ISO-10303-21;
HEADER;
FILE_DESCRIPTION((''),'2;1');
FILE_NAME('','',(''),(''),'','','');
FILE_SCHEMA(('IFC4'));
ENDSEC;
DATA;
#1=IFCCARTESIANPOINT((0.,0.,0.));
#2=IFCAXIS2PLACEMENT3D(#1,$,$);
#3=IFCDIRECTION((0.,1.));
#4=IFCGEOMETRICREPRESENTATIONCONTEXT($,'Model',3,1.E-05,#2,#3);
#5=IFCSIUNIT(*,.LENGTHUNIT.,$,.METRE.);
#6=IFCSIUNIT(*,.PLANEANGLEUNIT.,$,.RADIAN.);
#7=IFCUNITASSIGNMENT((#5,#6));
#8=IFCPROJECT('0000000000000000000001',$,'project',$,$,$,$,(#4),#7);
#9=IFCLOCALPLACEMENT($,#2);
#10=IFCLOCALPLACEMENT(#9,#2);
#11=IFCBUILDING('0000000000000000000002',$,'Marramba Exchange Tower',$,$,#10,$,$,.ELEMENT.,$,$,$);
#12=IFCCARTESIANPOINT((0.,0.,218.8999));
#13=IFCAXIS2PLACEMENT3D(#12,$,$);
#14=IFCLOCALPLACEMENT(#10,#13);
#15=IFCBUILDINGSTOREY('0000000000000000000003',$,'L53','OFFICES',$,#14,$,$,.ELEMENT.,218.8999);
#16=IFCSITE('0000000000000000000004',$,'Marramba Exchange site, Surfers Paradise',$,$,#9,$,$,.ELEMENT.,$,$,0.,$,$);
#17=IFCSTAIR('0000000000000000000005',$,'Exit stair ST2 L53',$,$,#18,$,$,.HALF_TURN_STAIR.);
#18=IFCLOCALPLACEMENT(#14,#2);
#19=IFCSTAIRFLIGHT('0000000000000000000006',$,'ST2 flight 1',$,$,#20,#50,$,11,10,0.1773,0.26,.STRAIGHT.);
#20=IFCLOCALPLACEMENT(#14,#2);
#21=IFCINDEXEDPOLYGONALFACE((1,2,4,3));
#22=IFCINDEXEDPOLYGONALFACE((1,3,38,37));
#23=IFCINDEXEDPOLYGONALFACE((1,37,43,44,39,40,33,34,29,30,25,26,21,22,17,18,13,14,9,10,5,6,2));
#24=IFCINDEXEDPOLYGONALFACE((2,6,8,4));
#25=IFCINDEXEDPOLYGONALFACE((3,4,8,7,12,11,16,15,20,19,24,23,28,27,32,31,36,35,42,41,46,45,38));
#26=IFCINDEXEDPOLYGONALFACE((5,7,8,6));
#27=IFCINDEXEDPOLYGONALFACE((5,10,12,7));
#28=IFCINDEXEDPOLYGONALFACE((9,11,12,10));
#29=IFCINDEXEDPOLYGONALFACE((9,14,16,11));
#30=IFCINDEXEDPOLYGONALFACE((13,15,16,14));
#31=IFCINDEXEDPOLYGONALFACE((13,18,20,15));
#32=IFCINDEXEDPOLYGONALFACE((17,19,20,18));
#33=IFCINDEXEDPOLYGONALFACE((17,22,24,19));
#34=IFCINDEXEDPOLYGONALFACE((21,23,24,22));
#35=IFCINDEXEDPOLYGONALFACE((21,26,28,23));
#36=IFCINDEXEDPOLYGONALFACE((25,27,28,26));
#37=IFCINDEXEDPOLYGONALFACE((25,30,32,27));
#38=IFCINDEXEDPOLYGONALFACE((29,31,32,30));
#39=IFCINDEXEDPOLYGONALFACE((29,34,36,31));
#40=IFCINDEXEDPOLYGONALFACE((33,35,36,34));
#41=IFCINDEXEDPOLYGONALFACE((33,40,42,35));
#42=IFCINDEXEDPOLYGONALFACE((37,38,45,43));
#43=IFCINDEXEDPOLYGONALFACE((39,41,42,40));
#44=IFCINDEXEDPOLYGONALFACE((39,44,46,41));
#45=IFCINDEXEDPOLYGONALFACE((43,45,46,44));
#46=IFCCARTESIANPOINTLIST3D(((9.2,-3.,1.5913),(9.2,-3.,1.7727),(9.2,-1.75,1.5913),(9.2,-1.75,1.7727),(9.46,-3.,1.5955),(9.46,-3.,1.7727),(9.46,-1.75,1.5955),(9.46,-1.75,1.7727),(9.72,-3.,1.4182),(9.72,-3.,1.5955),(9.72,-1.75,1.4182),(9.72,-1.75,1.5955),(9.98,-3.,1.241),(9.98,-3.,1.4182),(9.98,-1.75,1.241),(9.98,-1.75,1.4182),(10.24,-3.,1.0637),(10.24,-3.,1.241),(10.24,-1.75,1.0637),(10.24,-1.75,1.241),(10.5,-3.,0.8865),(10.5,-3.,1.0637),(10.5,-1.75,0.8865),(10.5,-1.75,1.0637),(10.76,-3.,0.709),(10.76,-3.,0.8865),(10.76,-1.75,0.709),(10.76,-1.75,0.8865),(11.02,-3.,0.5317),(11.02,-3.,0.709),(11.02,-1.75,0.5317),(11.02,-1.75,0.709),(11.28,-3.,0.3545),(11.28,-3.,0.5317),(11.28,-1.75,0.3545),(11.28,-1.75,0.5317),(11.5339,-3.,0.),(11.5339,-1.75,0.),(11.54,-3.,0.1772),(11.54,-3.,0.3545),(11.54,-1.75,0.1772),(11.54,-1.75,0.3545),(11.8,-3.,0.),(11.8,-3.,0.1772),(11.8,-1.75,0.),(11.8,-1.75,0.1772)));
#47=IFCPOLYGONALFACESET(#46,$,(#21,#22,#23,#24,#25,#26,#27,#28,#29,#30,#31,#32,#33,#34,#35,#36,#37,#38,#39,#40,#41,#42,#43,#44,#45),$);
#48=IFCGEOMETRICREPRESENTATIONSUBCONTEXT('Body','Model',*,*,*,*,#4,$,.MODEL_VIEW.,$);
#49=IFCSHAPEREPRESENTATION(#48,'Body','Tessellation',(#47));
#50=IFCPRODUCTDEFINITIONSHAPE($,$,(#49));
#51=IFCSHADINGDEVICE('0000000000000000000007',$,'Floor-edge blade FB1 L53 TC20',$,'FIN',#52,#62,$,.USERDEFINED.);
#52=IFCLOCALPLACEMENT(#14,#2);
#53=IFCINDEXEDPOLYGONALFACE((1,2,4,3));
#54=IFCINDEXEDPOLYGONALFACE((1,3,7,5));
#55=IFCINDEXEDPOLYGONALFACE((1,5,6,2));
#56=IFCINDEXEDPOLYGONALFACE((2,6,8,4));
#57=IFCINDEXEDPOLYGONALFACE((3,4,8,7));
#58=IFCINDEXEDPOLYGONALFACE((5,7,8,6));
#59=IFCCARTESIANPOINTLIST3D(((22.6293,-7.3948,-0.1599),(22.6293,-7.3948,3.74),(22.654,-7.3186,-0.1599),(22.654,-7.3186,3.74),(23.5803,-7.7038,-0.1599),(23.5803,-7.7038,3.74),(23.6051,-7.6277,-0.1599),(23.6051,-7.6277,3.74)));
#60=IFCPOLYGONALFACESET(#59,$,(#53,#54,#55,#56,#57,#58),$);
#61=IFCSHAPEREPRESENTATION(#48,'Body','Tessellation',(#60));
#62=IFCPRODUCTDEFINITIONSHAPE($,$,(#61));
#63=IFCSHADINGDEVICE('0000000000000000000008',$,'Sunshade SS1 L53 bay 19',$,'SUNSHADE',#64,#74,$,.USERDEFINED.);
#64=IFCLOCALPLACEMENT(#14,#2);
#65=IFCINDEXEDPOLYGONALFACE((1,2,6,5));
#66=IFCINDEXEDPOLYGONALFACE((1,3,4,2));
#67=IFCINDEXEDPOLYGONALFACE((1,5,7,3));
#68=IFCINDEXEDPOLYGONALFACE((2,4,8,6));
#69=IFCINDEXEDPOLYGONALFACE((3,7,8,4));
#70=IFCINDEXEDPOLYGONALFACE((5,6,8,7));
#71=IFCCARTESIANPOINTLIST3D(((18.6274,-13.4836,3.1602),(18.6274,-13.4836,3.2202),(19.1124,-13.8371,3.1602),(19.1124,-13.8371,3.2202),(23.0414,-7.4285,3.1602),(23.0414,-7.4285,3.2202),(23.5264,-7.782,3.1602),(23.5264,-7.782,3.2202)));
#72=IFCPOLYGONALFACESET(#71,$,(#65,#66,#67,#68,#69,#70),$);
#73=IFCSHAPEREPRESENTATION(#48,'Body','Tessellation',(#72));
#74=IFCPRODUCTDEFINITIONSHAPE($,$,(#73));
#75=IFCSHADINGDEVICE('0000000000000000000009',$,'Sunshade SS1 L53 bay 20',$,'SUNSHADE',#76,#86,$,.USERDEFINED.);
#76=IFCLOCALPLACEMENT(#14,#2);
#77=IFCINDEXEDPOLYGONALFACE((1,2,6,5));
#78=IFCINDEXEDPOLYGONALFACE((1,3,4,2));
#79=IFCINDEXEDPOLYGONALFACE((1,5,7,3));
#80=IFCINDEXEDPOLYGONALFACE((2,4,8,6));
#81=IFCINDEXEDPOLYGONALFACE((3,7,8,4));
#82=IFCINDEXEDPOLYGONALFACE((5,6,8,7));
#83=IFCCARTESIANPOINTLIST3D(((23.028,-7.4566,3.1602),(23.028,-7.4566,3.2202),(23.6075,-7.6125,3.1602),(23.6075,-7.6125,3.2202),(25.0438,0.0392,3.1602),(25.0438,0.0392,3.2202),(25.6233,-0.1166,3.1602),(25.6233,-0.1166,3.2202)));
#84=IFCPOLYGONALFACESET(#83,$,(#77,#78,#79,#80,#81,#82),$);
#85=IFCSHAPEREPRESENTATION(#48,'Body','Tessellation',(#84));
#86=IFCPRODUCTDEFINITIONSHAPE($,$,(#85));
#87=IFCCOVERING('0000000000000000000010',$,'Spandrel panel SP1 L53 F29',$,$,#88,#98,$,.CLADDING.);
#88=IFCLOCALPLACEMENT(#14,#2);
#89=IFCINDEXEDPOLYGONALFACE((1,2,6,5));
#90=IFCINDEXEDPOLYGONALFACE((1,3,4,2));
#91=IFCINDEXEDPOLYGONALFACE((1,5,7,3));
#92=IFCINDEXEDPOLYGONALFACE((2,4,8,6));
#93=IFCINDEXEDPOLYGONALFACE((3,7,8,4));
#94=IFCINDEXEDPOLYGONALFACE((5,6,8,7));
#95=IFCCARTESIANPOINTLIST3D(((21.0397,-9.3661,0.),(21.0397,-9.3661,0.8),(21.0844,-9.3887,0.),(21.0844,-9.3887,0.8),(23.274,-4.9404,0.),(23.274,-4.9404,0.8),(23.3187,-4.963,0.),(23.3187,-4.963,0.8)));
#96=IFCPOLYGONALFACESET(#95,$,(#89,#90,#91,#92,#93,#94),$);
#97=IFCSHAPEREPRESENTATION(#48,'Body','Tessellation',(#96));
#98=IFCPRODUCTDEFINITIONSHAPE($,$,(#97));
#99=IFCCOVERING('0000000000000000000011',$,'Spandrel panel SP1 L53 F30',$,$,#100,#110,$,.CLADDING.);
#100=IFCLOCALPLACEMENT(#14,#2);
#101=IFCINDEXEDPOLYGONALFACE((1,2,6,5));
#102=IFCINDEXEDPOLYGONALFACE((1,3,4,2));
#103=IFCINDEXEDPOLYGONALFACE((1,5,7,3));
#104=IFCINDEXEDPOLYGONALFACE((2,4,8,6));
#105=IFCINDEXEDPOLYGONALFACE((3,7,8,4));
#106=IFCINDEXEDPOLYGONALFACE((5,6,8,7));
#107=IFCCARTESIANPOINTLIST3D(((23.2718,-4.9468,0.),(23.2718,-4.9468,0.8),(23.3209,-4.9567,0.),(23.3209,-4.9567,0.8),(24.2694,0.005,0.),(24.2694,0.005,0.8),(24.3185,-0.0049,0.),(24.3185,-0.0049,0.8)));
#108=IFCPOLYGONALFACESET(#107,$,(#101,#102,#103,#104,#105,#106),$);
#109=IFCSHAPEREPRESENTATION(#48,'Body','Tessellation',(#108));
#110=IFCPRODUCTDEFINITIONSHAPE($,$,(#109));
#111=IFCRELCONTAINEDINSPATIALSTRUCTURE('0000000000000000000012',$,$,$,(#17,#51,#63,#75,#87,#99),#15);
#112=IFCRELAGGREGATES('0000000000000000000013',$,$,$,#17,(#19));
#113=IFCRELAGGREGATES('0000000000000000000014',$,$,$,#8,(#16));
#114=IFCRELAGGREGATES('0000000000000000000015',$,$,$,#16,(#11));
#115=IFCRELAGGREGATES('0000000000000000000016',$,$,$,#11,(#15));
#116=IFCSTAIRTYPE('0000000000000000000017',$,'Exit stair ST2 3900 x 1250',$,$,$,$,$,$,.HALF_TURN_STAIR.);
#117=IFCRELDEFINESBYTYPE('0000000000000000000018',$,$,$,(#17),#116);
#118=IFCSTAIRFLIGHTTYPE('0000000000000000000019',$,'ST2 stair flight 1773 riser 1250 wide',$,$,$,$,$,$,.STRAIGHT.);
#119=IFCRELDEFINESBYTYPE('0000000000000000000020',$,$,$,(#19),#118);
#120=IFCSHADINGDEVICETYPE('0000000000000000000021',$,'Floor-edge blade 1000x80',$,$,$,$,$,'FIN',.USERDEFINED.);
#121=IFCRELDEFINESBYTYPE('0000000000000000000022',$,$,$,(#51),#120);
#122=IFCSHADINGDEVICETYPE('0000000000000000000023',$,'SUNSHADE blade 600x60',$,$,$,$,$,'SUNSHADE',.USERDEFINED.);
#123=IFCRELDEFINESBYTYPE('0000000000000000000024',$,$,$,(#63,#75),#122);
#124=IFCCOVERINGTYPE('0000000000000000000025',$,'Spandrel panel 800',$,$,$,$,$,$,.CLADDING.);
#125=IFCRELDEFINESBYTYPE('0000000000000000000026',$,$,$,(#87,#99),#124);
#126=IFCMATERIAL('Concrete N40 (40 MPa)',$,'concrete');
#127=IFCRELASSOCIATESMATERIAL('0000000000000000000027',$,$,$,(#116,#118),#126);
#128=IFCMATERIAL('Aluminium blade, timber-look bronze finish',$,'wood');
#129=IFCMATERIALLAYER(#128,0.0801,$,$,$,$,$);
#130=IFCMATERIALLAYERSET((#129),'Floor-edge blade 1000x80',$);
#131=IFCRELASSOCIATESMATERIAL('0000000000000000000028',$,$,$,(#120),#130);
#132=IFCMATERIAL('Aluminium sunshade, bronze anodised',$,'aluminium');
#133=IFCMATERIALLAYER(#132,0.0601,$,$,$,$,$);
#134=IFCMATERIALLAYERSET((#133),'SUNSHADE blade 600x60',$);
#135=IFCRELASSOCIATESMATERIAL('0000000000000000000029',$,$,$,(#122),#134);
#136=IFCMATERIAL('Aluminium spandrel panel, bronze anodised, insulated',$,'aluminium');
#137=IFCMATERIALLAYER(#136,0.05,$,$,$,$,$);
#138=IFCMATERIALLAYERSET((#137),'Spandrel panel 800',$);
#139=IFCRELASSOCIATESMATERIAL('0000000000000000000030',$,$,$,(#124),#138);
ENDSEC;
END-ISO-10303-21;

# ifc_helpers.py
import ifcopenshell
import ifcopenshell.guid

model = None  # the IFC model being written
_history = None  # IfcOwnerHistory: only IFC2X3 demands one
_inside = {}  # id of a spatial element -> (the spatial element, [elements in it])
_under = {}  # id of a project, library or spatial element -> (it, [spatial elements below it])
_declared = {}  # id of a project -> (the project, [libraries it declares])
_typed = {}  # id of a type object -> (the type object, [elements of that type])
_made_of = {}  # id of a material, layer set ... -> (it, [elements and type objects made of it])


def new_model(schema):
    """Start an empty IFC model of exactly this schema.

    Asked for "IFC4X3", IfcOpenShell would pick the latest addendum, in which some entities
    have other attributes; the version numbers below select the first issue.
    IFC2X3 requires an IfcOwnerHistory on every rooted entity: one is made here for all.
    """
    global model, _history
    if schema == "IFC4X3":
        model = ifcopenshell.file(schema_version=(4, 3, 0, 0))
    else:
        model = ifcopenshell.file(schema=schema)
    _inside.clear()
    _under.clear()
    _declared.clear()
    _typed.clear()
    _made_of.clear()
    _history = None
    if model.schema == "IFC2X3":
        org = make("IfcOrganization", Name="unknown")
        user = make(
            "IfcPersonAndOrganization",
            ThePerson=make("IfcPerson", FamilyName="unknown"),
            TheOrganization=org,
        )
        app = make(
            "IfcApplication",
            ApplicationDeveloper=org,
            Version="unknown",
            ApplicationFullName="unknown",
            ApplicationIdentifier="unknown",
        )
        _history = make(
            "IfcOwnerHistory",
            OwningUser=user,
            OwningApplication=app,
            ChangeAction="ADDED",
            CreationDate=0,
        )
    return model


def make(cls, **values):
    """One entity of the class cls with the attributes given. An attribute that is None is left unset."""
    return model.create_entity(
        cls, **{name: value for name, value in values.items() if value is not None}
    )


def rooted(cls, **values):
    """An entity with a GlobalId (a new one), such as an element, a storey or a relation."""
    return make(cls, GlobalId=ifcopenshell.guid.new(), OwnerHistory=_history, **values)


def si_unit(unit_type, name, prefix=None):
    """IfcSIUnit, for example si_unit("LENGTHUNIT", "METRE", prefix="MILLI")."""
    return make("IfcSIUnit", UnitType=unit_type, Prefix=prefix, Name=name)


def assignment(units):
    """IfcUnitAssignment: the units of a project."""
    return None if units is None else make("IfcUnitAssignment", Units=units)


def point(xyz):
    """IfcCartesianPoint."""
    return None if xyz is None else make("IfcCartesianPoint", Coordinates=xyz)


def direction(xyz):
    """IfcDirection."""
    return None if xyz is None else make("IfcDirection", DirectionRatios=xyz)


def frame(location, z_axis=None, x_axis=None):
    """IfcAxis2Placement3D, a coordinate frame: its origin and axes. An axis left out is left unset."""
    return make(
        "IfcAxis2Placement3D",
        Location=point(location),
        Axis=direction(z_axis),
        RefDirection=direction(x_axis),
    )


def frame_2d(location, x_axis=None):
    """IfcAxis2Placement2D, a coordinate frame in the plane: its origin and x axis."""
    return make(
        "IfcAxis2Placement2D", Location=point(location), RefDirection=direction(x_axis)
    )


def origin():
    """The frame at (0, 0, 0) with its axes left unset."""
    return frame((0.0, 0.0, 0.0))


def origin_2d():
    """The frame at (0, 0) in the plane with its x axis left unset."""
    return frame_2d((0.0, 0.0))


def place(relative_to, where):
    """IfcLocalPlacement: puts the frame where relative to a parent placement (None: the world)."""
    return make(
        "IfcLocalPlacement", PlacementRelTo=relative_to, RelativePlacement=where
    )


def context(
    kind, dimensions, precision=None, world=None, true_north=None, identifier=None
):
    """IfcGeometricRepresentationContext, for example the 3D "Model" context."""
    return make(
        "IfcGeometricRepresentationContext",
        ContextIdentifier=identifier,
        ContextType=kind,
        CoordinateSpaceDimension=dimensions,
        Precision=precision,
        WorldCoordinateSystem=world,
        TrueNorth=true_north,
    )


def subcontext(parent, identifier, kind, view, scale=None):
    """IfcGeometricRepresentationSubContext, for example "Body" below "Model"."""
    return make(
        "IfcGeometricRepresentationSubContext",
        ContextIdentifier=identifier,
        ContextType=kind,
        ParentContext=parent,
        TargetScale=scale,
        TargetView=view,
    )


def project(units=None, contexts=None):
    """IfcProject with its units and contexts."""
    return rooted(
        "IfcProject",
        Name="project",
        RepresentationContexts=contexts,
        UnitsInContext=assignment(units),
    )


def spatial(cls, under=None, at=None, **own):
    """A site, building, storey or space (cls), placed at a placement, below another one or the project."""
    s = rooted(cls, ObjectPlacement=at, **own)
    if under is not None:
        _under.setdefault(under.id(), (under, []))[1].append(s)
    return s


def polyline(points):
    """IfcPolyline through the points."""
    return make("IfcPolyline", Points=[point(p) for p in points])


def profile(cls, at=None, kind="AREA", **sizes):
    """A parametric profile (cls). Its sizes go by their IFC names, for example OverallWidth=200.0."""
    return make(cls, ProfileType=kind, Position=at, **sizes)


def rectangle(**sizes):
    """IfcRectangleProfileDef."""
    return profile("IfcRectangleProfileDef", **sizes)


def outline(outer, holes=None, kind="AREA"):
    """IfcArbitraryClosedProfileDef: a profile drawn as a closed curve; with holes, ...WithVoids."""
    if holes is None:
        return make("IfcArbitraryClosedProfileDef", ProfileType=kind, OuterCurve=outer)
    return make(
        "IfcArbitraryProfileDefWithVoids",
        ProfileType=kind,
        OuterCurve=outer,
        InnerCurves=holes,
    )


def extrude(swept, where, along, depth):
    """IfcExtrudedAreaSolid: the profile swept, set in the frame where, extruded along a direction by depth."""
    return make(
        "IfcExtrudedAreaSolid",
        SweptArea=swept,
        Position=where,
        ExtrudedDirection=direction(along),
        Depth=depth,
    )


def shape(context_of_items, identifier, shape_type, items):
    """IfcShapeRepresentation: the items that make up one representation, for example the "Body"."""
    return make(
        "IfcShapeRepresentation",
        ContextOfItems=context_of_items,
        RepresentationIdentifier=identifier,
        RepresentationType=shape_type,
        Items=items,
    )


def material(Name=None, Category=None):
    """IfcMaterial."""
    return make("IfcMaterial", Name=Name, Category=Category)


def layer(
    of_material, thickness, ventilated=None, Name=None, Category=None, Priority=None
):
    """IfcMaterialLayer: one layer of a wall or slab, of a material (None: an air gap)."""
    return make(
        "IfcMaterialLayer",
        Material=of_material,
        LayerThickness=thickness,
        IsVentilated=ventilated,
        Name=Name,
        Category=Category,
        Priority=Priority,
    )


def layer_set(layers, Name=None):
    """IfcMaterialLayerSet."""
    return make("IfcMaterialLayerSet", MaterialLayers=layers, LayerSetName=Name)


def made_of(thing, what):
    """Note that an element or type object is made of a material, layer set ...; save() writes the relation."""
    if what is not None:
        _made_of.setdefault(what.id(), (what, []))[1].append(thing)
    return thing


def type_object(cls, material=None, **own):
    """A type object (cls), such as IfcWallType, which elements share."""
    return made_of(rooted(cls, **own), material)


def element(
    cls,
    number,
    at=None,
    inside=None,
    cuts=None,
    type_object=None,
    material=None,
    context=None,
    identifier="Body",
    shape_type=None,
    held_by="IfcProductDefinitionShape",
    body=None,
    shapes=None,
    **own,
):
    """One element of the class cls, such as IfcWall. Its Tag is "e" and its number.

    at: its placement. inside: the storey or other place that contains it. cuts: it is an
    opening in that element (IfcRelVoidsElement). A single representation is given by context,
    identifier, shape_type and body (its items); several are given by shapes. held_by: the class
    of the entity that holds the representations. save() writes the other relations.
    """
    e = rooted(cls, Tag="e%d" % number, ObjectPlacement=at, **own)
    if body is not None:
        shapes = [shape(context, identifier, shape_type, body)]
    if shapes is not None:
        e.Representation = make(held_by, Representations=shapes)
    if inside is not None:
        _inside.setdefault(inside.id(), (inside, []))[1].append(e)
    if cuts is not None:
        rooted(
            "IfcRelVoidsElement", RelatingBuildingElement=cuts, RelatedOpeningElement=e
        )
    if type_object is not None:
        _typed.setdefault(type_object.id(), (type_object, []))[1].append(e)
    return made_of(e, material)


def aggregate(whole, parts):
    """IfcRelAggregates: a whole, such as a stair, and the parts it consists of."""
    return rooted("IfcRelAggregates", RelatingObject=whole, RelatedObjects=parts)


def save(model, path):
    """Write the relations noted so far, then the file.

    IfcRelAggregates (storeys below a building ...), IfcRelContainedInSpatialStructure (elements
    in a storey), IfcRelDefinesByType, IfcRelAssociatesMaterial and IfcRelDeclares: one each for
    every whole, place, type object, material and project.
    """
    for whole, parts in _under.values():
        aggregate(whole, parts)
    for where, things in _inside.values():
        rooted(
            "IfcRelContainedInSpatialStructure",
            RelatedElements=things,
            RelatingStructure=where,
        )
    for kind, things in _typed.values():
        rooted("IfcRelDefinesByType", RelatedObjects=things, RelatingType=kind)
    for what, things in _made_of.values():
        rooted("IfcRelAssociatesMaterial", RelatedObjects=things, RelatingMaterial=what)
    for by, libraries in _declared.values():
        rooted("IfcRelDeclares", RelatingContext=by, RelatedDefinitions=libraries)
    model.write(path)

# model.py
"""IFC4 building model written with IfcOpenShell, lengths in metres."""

from ifc_helpers import new_model, si_unit, direction, frame, origin, origin_2d, place, context, subcontext, project, spatial, polyline, rectangle, outline, extrude, material, layer, layer_set, type_object, element, aggregate, save


model = new_model("IFC4")

# Units and contexts
model_context = context("Model", 3, precision=1e-05, world=origin(), true_north=direction((0.0, 1.0)))
body_context = subcontext(model_context, "Body", "Model", "MODEL_VIEW")
ifc_project = project(units=[si_unit("LENGTHUNIT", "METRE"), si_unit("PLANEANGLEUNIT", "RADIAN")], contexts=[model_context])

# Site, building, storey
site_placement = place(None, origin())
site = spatial("IfcSite", under=ifc_project, at=site_placement, Name="Marramba Exchange site, Surfers Paradise", CompositionType="ELEMENT", RefElevation=0.0)
building_placement = place(site_placement, origin())
building = spatial("IfcBuilding", under=site, at=building_placement, Name="Marramba Exchange Tower", CompositionType="ELEMENT")
storey_placement = place(building_placement, frame((0.0, 0.0, 218.8999)))
storey = spatial("IfcBuildingStorey", under=building, at=storey_placement, Name="L53", Description="OFFICES", CompositionType="ELEMENT", Elevation=218.8999)

# Stair, stair flight
ifc_material_1 = material(Name="Concrete N40 (40 MPa)", Category="concrete")
stair_type = type_object("IfcStairType", Name="Exit stair ST2 3900 x 1250", PredefinedType="HALF_TURN_STAIR", material=ifc_material_1)
stair_placement = place(storey_placement, origin())
stair = element("IfcStair", 1, at=stair_placement, inside=storey, type_object=stair_type, Name="Exit stair ST2 L53", PredefinedType="HALF_TURN_STAIR")
stair_flight_type = type_object("IfcStairFlightType", Name="ST2 stair flight 1773 riser 1250 wide", PredefinedType="STRAIGHT", material=ifc_material_1)
stair_flight_placement = place(storey_placement, frame((11.8, -2.375, 0.0), z_axis=(0.0, 0.0, 1.0), x_axis=(-1.0, 0.0, 0.0)))
stair_flight = element("IfcStairFlight", 2, at=stair_flight_placement, type_object=stair_flight_type, Name="ST2 flight 1", NumberOfRisers=11, NumberOfTreads=10, PredefinedType="STRAIGHT", RiserHeight=0.1773, TreadLength=0.26, context=body_context, shape_type="SweptSolid", body=[
    extrude(outline(polyline([(0.0, 0.0), (0.0, 0.1772), (0.26, 0.1772), (0.26, 0.3545), (0.52, 0.3545), (0.52, 0.5317), (0.78, 0.5317), (0.78, 0.709), (1.04, 0.709), (1.04, 0.8865), (1.3, 0.8865), (1.3, 1.0637), (1.5601, 1.0637), (1.5601, 1.241), (1.8201, 1.241), (1.8201, 1.4182), (2.0801, 1.4182), (2.0801, 1.5955), (2.3401, 1.5955), (2.3401, 1.7727), (2.6001, 1.7727), (2.6001, 1.95), (2.6001, 1.5913), (0.2661, 0.0), (0.0, 0.0)])), frame((0.0, 0.625, 0.0), z_axis=(0.0, -1.0, 0.0), x_axis=(1.0, 0.0, 0.0)), (0.0, 0.0, 1.0), 1.25),
])
aggregate(stair, [stair_flight])

# Shading devices
ifc_material_2 = material(Name="Aluminium blade, timber-look bronze finish", Category="wood")
ifc_layer_1 = layer(ifc_material_2, 0.0801)
ifc_layer_set_1 = layer_set([ifc_layer_1], Name="Floor-edge blade 1000x80")
shading_device_type_1 = type_object("IfcShadingDeviceType", Name="Floor-edge blade 1000x80", ElementType="FIN", PredefinedType="USERDEFINED", material=ifc_layer_set_1)
shading_device_1_placement = place(storey_placement, frame((23.1172, -7.5112, -0.1599), z_axis=(0.0, 0.0, 1.0), x_axis=(0.951057, -0.309017, 0.0)))
element("IfcShadingDevice", 3, at=shading_device_1_placement, inside=storey, type_object=shading_device_type_1, Name="Floor-edge blade FB1 L53 TC20", ObjectType="FIN", PredefinedType="USERDEFINED", context=body_context, shape_type="SweptSolid", body=[
    extrude(rectangle(XDim=1.0, YDim=0.0801, at=origin_2d()), origin(), (0.0, 0.0, 1.0), 3.8999),
])
ifc_material_3 = material(Name="Aluminium sunshade, bronze anodised", Category="aluminium")
ifc_layer_2 = layer(ifc_material_3, 0.0601)
ifc_layer_set_2 = layer_set([ifc_layer_2], Name="SUNSHADE blade 600x60")
shading_device_type_2 = type_object("IfcShadingDeviceType", Name="SUNSHADE blade 600x60", ElementType="SUNSHADE", PredefinedType="USERDEFINED", material=ifc_layer_set_2)
shading_device_2_placement = place(storey_placement, frame((21.0769, -10.6328, 3.1602), z_axis=(0.0, 0.0, 1.0), x_axis=(0.589072, 0.808081, 0.0)))
element("IfcShadingDevice", 4, at=shading_device_2_placement, inside=storey, type_object=shading_device_type_2, Name="Sunshade SS1 L53 bay 19", ObjectType="SUNSHADE", PredefinedType="USERDEFINED", context=body_context, shape_type="SweptSolid", body=[
    extrude(rectangle(XDim=7.4932, YDim=0.6001, at=origin_2d()), origin(), (0.0, 0.0, 1.0), 0.0601),
])
shading_device_3_placement = place(storey_placement, frame((24.3257, -3.7866, 3.1602), z_axis=(0.0, 0.0, 1.0), x_axis=(0.259692, 0.965691, 0.0)))
element("IfcShadingDevice", 5, at=shading_device_3_placement, inside=storey, type_object=shading_device_type_2, Name="Sunshade SS1 L53 bay 20", ObjectType="SUNSHADE", PredefinedType="USERDEFINED", context=body_context, shape_type="SweptSolid", body=[
    extrude(rectangle(XDim=7.7622, YDim=0.6001, at=origin_2d()), origin(), (0.0, 0.0, 1.0), 0.0601),
])

# Coverings
ifc_material_4 = material(Name="Aluminium spandrel panel, bronze anodised, insulated", Category="aluminium")
ifc_layer_3 = layer(ifc_material_4, 0.05)
ifc_layer_set_3 = layer_set([ifc_layer_3], Name="Spandrel panel 800")
covering_type = type_object("IfcCoveringType", Name="Spandrel panel 800", PredefinedType="CLADDING", material=ifc_layer_set_3)
covering_1_placement = place(storey_placement, frame((22.1792, -7.1646, 0.0), z_axis=(0.0, 0.0, 1.0), x_axis=(0.450673, 0.892689, 0.0)))
element("IfcCovering", 6, at=covering_1_placement, inside=storey, type_object=covering_type, Name="Spandrel panel SP1 L53 F29", PredefinedType="CLADDING", context=body_context, shape_type="SweptSolid", body=[
    extrude(rectangle(XDim=4.9578, YDim=0.05, at=origin_2d()), origin(), (0.0, 0.0, 1.0), 0.8),
])
covering_2_placement = place(storey_placement, frame((23.7952, -2.4758, 0.0), z_axis=(0.0, 0.0, 1.0), x_axis=(0.197495, 0.980304, 0.0)))
element("IfcCovering", 7, at=covering_2_placement, inside=storey, type_object=covering_type, Name="Spandrel panel SP1 L53 F30", PredefinedType="CLADDING", context=body_context, shape_type="SweptSolid", body=[
    extrude(rectangle(XDim=5.0513, YDim=0.05, at=origin_2d()), origin(), (0.0, 0.0, 1.0), 0.8),
])

save(model, "model.ifc")
